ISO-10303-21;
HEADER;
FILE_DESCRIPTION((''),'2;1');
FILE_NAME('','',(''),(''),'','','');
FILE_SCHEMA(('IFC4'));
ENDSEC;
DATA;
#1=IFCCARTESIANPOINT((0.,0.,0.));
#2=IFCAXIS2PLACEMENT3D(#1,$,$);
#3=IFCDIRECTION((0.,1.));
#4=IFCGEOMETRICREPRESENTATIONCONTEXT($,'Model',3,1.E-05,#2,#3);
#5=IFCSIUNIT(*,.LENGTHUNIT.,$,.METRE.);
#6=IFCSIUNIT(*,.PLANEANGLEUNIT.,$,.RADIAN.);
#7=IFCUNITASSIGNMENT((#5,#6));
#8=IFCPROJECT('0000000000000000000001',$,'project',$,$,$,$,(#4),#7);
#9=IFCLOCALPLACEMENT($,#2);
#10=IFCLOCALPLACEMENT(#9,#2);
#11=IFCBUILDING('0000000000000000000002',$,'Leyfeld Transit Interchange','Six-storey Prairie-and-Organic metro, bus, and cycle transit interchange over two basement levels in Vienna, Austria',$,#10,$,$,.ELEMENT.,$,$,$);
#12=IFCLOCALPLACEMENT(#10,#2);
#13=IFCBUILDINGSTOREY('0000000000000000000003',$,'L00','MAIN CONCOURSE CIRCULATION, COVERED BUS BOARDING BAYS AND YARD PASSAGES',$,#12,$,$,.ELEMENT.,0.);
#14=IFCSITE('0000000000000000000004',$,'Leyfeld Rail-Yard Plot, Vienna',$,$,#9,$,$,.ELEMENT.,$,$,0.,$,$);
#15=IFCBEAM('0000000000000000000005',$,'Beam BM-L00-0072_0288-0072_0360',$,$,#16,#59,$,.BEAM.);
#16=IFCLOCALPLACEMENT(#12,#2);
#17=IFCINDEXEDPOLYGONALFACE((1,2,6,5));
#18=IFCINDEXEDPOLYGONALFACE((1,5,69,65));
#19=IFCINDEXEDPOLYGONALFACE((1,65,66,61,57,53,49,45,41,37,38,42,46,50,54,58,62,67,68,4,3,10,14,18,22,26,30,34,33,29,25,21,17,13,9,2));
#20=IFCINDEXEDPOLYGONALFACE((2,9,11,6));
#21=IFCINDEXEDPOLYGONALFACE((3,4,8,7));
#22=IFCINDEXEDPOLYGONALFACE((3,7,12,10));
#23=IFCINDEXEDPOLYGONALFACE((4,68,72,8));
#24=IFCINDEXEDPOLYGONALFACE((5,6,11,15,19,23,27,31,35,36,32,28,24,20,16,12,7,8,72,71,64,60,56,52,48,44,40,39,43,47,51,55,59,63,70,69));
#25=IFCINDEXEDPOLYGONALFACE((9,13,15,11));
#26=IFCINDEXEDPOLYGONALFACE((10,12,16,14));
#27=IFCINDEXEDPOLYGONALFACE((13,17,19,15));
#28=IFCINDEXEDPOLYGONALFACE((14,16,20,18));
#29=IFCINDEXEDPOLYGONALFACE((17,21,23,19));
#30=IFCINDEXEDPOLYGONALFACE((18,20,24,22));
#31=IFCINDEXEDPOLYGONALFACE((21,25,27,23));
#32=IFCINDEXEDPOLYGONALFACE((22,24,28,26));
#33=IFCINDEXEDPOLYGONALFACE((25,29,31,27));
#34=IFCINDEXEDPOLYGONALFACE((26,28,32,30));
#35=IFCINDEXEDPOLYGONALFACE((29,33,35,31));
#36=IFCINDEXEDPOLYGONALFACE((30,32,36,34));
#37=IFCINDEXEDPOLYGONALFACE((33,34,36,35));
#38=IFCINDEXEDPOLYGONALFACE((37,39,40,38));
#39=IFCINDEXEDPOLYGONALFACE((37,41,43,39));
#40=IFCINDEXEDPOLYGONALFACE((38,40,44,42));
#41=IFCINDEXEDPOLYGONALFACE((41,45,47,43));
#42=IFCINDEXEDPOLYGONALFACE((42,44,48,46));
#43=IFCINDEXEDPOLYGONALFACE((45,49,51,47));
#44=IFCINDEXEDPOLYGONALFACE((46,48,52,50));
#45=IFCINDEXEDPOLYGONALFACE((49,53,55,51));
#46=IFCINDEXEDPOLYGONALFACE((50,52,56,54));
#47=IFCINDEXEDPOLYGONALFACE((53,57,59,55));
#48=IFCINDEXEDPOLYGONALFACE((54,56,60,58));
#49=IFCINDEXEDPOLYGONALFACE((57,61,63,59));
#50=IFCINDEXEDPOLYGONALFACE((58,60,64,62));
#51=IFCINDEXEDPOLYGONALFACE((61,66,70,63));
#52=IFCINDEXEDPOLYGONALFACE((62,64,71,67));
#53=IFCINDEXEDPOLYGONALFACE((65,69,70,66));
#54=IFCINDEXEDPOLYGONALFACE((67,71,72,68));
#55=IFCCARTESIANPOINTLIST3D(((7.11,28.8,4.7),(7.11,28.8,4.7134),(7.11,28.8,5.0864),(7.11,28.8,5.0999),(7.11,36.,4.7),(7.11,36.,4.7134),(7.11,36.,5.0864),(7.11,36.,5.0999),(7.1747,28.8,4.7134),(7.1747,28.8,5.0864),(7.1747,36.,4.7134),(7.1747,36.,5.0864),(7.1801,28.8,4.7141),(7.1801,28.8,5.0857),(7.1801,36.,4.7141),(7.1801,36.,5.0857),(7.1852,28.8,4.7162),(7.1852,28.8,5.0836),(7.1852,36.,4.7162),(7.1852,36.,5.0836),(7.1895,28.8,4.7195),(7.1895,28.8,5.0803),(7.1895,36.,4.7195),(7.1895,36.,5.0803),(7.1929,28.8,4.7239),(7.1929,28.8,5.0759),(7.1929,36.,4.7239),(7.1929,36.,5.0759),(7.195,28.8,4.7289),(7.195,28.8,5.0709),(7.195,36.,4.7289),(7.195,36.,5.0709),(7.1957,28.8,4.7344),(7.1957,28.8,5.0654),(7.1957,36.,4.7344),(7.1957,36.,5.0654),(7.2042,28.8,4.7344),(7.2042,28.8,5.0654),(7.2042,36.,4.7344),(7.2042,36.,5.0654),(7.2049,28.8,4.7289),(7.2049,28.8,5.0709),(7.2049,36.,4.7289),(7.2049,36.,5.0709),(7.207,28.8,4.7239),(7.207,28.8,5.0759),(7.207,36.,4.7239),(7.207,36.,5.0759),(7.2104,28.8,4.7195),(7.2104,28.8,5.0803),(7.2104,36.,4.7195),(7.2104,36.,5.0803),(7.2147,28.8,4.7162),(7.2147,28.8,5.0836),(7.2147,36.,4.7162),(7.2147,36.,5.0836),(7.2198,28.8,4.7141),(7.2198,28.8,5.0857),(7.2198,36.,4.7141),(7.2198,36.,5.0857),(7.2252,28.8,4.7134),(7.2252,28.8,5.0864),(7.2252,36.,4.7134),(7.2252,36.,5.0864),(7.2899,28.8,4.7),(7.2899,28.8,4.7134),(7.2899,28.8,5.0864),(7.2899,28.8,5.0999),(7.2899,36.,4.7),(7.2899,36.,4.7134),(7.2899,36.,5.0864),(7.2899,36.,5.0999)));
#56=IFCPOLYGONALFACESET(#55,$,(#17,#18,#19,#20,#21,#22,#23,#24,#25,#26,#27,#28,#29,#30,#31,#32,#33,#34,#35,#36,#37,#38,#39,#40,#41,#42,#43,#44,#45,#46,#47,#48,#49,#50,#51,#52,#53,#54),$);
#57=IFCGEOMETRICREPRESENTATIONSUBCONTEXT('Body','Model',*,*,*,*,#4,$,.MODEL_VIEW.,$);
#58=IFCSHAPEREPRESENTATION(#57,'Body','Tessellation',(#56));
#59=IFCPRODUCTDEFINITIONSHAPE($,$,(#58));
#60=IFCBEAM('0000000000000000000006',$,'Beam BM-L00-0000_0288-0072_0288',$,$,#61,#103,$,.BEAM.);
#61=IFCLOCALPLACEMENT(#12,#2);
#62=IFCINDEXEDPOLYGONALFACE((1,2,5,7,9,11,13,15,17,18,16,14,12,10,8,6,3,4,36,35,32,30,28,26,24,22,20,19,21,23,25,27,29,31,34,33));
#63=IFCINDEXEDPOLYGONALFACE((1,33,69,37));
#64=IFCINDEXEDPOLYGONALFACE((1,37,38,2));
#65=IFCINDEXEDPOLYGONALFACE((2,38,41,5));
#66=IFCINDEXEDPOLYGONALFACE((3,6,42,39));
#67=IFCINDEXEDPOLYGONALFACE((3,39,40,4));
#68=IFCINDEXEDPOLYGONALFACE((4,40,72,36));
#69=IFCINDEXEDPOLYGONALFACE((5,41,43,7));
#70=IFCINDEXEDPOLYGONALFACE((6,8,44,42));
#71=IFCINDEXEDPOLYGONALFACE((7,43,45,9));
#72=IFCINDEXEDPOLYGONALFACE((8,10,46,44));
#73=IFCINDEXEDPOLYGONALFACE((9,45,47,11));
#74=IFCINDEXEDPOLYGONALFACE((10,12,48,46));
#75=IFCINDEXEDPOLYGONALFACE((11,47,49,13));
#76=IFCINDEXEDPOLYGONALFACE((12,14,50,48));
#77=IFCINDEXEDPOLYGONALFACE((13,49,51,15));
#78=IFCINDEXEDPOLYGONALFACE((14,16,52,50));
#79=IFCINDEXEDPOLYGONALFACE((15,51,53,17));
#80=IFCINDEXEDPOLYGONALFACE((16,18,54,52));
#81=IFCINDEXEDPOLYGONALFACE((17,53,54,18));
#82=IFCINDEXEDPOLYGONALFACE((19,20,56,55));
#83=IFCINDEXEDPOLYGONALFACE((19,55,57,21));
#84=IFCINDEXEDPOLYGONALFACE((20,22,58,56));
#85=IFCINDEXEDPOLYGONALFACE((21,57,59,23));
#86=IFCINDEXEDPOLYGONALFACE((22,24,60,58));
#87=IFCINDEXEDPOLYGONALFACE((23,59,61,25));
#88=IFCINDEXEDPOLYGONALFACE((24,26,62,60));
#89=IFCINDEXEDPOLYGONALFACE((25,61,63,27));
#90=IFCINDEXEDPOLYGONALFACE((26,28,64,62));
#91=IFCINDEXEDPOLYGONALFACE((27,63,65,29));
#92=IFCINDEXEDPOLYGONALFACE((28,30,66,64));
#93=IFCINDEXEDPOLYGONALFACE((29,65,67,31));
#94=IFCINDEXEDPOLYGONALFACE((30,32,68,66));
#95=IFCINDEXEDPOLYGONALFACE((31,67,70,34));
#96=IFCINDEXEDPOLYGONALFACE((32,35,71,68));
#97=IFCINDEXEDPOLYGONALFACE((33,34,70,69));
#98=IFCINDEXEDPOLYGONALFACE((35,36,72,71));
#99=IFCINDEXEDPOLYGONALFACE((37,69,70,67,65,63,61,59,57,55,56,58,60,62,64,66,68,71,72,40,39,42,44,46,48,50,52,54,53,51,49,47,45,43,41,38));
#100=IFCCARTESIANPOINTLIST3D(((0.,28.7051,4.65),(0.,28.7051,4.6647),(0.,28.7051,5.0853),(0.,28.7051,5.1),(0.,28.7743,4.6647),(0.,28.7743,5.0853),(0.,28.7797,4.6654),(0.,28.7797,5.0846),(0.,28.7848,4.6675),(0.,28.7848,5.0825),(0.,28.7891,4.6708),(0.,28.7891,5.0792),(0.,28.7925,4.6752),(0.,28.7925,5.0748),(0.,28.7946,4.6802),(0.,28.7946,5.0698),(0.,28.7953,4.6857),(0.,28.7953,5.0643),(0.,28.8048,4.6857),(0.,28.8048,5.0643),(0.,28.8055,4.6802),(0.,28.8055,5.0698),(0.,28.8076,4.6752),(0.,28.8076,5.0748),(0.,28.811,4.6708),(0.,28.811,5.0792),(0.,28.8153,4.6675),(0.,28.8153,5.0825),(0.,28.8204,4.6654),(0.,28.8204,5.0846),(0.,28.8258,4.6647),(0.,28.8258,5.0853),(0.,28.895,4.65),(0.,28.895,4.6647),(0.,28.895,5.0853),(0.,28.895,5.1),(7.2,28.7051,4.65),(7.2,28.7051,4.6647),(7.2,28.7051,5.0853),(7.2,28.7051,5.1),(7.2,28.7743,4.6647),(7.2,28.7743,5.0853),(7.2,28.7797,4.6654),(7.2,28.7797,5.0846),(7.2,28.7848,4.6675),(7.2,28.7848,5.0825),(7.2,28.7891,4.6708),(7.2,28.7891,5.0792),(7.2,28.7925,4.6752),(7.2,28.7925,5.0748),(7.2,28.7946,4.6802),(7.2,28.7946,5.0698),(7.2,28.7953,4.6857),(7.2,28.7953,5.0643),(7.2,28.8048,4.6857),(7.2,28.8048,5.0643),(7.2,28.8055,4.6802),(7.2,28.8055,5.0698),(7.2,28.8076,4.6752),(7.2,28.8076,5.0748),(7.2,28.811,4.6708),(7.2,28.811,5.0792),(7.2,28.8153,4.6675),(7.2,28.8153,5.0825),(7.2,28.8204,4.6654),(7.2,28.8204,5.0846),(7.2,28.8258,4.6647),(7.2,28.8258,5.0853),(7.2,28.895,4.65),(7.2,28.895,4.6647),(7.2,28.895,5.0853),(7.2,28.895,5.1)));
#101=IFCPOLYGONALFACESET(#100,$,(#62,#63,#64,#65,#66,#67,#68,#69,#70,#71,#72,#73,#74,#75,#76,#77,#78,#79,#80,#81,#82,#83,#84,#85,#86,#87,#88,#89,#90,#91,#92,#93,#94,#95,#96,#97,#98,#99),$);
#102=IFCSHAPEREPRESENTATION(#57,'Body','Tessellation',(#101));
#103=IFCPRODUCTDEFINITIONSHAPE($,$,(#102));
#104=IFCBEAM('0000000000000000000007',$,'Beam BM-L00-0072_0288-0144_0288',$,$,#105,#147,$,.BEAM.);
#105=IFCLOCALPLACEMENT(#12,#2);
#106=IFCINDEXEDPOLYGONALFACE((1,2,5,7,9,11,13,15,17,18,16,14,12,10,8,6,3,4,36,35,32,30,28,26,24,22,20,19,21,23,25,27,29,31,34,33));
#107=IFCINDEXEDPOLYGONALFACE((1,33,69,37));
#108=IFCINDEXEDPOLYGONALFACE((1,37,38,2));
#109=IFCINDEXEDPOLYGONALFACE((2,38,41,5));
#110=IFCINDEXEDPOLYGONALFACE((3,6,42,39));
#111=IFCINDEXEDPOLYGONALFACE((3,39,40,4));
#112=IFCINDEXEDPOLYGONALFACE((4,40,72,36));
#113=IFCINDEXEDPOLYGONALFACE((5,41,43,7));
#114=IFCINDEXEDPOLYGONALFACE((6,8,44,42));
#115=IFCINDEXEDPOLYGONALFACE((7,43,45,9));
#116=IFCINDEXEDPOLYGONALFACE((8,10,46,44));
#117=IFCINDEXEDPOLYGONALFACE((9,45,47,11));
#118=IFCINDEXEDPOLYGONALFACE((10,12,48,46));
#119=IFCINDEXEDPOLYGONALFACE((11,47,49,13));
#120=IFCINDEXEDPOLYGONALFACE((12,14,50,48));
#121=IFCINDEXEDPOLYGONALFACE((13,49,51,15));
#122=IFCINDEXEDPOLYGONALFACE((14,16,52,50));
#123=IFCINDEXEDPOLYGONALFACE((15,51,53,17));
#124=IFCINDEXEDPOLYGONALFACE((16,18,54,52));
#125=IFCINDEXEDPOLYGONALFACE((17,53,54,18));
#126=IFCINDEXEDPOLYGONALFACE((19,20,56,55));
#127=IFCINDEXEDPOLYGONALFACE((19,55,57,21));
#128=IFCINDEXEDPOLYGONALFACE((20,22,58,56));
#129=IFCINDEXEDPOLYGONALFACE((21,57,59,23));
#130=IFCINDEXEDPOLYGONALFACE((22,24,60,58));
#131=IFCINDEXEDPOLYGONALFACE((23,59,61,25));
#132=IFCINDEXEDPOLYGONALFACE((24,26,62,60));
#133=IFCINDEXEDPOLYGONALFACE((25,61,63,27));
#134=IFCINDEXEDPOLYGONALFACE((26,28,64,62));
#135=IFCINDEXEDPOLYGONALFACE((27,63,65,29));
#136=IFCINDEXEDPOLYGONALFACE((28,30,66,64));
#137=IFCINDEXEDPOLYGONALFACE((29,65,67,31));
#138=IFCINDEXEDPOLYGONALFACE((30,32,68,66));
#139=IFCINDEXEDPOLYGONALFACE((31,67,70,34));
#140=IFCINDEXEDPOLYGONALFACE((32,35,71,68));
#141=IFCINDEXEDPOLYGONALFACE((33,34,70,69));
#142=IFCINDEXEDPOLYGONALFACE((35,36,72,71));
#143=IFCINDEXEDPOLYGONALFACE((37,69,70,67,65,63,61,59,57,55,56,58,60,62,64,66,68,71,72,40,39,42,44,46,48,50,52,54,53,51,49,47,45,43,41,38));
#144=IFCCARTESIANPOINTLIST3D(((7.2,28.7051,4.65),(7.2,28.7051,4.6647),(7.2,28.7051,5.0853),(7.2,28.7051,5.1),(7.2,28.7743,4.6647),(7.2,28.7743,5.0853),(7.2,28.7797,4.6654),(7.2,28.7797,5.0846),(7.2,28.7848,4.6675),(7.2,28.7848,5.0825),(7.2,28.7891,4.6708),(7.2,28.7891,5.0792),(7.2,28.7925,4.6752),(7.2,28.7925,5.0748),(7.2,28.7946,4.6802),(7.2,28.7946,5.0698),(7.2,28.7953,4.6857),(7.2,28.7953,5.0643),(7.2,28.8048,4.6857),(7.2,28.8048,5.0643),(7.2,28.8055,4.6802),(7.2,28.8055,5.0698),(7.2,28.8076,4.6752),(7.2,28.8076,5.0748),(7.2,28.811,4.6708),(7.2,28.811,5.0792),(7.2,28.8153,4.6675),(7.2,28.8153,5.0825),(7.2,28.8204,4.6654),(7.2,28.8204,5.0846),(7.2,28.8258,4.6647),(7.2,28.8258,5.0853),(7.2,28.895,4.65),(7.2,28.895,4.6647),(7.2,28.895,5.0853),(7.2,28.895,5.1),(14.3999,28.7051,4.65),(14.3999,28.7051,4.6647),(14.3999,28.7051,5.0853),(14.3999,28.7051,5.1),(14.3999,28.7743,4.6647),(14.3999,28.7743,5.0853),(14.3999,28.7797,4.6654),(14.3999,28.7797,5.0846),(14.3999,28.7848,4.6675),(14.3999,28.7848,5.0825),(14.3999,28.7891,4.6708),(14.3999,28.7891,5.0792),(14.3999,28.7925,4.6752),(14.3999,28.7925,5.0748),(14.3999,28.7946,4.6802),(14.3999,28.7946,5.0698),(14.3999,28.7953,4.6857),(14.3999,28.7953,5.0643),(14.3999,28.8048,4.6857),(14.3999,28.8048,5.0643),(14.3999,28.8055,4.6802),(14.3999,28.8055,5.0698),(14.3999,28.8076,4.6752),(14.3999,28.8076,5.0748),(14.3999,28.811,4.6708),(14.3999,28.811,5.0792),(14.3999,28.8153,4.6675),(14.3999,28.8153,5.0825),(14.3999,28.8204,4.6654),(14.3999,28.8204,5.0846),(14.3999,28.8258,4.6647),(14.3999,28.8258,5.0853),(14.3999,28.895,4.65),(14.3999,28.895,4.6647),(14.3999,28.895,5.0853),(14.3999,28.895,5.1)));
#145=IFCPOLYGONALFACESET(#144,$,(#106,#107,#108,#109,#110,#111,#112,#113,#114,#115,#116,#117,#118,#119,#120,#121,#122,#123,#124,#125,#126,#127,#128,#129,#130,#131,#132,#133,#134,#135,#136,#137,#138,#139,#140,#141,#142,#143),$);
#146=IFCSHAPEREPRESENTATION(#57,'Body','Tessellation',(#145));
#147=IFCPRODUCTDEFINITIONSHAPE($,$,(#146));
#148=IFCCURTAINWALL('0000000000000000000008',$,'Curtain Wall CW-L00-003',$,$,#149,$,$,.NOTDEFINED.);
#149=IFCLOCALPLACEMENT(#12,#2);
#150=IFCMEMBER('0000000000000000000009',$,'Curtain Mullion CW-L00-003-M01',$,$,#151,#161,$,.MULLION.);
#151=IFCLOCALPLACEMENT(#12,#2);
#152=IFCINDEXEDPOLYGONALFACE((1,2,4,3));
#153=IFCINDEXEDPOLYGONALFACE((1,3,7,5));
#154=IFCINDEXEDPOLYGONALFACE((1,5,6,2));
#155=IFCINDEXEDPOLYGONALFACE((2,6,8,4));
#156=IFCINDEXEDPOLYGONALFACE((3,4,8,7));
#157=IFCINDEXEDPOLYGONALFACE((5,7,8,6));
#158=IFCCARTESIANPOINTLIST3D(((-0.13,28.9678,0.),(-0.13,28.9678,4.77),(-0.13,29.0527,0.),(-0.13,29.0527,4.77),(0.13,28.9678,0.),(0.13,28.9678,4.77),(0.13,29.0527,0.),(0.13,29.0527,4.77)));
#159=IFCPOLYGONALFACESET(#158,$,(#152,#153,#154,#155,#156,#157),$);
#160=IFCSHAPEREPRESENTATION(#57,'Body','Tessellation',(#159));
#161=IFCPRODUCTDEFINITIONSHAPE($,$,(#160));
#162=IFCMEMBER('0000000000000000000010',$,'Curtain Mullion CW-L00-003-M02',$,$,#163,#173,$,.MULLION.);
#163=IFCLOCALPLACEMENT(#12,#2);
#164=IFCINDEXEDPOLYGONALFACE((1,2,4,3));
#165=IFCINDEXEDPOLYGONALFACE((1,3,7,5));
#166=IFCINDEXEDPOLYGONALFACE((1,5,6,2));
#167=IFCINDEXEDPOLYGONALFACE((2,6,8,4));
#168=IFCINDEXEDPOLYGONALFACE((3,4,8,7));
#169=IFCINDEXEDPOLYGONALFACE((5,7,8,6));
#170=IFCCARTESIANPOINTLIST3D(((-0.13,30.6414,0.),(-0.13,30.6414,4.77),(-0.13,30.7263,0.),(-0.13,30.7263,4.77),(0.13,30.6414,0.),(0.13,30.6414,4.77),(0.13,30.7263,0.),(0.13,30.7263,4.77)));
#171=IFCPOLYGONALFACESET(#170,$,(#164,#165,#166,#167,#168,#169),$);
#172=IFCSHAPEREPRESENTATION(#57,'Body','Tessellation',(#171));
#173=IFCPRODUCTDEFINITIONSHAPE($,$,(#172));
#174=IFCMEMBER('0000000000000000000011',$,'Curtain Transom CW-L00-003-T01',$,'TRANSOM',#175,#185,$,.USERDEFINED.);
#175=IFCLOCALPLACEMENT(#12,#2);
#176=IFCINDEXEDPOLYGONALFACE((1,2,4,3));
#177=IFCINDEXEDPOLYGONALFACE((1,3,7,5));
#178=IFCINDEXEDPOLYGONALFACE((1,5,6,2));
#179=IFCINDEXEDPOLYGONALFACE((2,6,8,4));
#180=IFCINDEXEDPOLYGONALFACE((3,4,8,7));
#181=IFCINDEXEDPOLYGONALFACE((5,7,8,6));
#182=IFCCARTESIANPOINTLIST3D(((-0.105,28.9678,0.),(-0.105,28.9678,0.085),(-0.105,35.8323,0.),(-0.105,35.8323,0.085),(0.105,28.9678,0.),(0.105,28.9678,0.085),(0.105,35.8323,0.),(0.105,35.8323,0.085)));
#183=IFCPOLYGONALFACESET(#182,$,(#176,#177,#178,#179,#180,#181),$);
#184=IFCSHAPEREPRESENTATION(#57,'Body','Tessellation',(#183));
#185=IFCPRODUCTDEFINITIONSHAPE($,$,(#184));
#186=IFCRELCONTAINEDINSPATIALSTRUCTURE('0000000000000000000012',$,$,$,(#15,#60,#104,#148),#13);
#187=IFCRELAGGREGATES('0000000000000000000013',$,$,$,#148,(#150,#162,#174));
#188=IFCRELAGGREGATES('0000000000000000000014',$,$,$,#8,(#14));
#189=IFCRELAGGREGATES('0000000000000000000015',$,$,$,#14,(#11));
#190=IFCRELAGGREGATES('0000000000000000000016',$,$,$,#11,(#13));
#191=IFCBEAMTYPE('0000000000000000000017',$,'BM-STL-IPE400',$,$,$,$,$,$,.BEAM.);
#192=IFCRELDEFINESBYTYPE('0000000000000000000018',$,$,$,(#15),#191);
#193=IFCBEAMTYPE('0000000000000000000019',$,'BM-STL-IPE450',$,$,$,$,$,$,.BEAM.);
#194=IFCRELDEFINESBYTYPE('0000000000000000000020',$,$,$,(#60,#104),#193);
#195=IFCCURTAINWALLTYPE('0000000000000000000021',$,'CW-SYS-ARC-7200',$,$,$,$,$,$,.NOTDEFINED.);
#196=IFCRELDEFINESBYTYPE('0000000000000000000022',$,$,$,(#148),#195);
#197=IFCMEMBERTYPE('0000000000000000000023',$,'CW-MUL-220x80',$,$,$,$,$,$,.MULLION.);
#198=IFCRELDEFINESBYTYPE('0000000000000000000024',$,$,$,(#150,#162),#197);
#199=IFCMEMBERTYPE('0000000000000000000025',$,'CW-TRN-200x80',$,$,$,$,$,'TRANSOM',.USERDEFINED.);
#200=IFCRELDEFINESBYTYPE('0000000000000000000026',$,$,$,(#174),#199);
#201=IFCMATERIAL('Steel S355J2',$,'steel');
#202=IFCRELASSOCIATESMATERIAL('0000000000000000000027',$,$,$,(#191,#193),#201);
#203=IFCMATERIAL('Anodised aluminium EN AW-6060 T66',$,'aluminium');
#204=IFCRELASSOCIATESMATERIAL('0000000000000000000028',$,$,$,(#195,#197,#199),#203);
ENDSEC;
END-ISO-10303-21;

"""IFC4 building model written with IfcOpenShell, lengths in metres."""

from ifc_helpers import new_model, si_unit, direction, frame, origin, origin_2d, place, context, subcontext, project, spatial, rectangle, i_section, extrude, material, material_profile, profile_set, type_object, element, aggregate, save


model = new_model("IFC4")

# Units and contexts
model_context = context("Model", 3, precision=1e-05, world=origin(), true_north=direction((0.0, 1.0)))
body_context = subcontext(model_context, "Body", "Model", "MODEL_VIEW")
ifc_project = project(units=[si_unit("LENGTHUNIT", "METRE"), si_unit("PLANEANGLEUNIT", "RADIAN")], contexts=[model_context])

# Site, building, storey
site_placement = place(None, origin())
site = spatial("IfcSite", under=ifc_project, at=site_placement, Name="Leyfeld Rail-Yard Plot, Vienna", CompositionType="ELEMENT", RefElevation=0.0)
building_placement = place(site_placement, origin())
building = spatial("IfcBuilding", under=site, at=building_placement, Name="Leyfeld Transit Interchange", Description="Six-storey Prairie-and-Organic metro, bus, and cycle transit interchange over two basement levels in Vienna, Austria", CompositionType="ELEMENT")
storey_placement = place(building_placement, origin())
storey = spatial("IfcBuildingStorey", under=building, at=storey_placement, Name="L00", Description="MAIN CONCOURSE CIRCULATION, COVERED BUS BOARDING BAYS AND YARD PASSAGES", CompositionType="ELEMENT", Elevation=0.0)

# Shared definitions
ifc_material_1 = material(Name="Steel S355J2", Category="steel")

# Beams
ifc_material_profile_1 = material_profile(ifc_material_1, i_section(OverallWidth=0.1799, OverallDepth=0.3999, WebThickness=0.0085, FlangeThickness=0.0134, FilletRadius=0.021, at=origin_2d()), Name="IPE 400")
ifc_profile_set_1 = profile_set([ifc_material_profile_1], Name="Steel S355J2")
beam_type_1 = type_object("IfcBeamType", Name="BM-STL-IPE400", PredefinedType="BEAM", material=ifc_profile_set_1)
beam_1_placement = place(storey_placement, frame((7.2, 28.8, 4.8999), z_axis=(0.0, 1.0, 0.0), x_axis=(-1.0, 0.0, 0.0)))
element("IfcBeam", 1, at=beam_1_placement, inside=storey, type_object=beam_type_1, Name="Beam BM-L00-0072_0288-0072_0360", PredefinedType="BEAM", context=body_context, shape_type="SweptSolid", body=[
    extrude(i_section(OverallWidth=0.1799, OverallDepth=0.3999, WebThickness=0.0085, FlangeThickness=0.0134, FilletRadius=0.021, at=origin_2d()), origin(), (0.0, 0.0, 1.0), 7.2),
])
ifc_material_profile_2 = material_profile(ifc_material_1, i_section(OverallWidth=0.1899, OverallDepth=0.45, WebThickness=0.0095, FlangeThickness=0.0146, FilletRadius=0.021, at=origin_2d()), Name="IPE 450")
ifc_profile_set_2 = profile_set([ifc_material_profile_2], Name="Steel S355J2")
beam_type_2 = type_object("IfcBeamType", Name="BM-STL-IPE450", PredefinedType="BEAM", material=ifc_profile_set_2)
for number, where, z_axis, x_axis, name in (
    (2, (0.0, 28.8, 4.875), (1.0, 0.0, 0.0), (0.0, 1.0, 0.0), "Beam BM-L00-0000_0288-0072_0288"),
    (3, (7.2, 28.8, 4.875), (1.0, 0.0, 0.0), (0.0, 1.0, 0.0), "Beam BM-L00-0072_0288-0144_0288"),
):
    element("IfcBeam", number, at=place(storey_placement, frame(where, z_axis=z_axis, x_axis=x_axis)), inside=storey, type_object=beam_type_2, Name=name, PredefinedType="BEAM", context=body_context, shape_type="SweptSolid", body=[
        extrude(i_section(OverallWidth=0.1899, OverallDepth=0.45, WebThickness=0.0095, FlangeThickness=0.0146, FilletRadius=0.021, at=origin_2d()), origin(), (0.0, 0.0, 1.0), 7.2),
    ])

# Curtain wall, members
ifc_material_2 = material(Name="Anodised aluminium EN AW-6060 T66", Category="aluminium")
curtain_wall_type = type_object("IfcCurtainWallType", Name="CW-SYS-ARC-7200", PredefinedType="NOTDEFINED", material=ifc_material_2)
curtain_wall_placement = place(storey_placement, origin())
curtain_wall = element("IfcCurtainWall", 4, at=curtain_wall_placement, inside=storey, type_object=curtain_wall_type, Name="Curtain Wall CW-L00-003", PredefinedType="NOTDEFINED")
ifc_material_profile_3 = material_profile(ifc_material_2, rectangle(XDim=0.085, YDim=0.26, at=origin_2d()), Name="CW-M 85x260")
ifc_profile_set_3 = profile_set([ifc_material_profile_3], Name="Anodised aluminium EN AW-6060 T66")
member_type_1 = type_object("IfcMemberType", Name="CW-MUL-220x80", PredefinedType="MULLION", material=ifc_profile_set_3)
member_1_placement = place(storey_placement, frame((0.0, 29.0103, 0.0), z_axis=(0.0, 0.0, 1.0), x_axis=(0.0, 1.0, 0.0)))
member_1 = element("IfcMember", 5, at=member_1_placement, type_object=member_type_1, Name="Curtain Mullion CW-L00-003-M01", PredefinedType="MULLION", context=body_context, shape_type="SweptSolid", body=[
    extrude(rectangle(XDim=0.085, YDim=0.26, at=origin_2d()), origin(), (0.0, 0.0, 1.0), 4.77),
])
member_2_placement = place(storey_placement, frame((0.0, 30.6838, 0.0), z_axis=(0.0, 0.0, 1.0), x_axis=(0.0, 1.0, 0.0)))
member_2 = element("IfcMember", 6, at=member_2_placement, type_object=member_type_1, Name="Curtain Mullion CW-L00-003-M02", PredefinedType="MULLION", context=body_context, shape_type="SweptSolid", body=[
    extrude(rectangle(XDim=0.085, YDim=0.26, at=origin_2d()), origin(), (0.0, 0.0, 1.0), 4.77),
])
ifc_material_profile_4 = material_profile(ifc_material_2, rectangle(XDim=0.21, YDim=0.085, at=origin_2d()), Name="CW-TRN-200x80")
ifc_profile_set_4 = profile_set([ifc_material_profile_4], Name="Anodised aluminium EN AW-6060 T66")
member_type_2 = type_object("IfcMemberType", Name="CW-TRN-200x80", ElementType="TRANSOM", PredefinedType="USERDEFINED", material=ifc_profile_set_4)
member_3_placement = place(storey_placement, frame((0.0, 28.9678, 0.0425), z_axis=(0.0, 1.0, 0.0), x_axis=(-1.0, 0.0, 0.0)))
member_3 = element("IfcMember", 7, at=member_3_placement, type_object=member_type_2, Name="Curtain Transom CW-L00-003-T01", ObjectType="TRANSOM", PredefinedType="USERDEFINED", context=body_context, shape_type="SweptSolid", body=[
    extrude(rectangle(XDim=0.21, YDim=0.085, at=origin_2d()), origin(), (0.0, 0.0, 1.0), 6.8645),
])
aggregate(curtain_wall, [member_1, member_2, member_3])

save(model, "model.ifc")
